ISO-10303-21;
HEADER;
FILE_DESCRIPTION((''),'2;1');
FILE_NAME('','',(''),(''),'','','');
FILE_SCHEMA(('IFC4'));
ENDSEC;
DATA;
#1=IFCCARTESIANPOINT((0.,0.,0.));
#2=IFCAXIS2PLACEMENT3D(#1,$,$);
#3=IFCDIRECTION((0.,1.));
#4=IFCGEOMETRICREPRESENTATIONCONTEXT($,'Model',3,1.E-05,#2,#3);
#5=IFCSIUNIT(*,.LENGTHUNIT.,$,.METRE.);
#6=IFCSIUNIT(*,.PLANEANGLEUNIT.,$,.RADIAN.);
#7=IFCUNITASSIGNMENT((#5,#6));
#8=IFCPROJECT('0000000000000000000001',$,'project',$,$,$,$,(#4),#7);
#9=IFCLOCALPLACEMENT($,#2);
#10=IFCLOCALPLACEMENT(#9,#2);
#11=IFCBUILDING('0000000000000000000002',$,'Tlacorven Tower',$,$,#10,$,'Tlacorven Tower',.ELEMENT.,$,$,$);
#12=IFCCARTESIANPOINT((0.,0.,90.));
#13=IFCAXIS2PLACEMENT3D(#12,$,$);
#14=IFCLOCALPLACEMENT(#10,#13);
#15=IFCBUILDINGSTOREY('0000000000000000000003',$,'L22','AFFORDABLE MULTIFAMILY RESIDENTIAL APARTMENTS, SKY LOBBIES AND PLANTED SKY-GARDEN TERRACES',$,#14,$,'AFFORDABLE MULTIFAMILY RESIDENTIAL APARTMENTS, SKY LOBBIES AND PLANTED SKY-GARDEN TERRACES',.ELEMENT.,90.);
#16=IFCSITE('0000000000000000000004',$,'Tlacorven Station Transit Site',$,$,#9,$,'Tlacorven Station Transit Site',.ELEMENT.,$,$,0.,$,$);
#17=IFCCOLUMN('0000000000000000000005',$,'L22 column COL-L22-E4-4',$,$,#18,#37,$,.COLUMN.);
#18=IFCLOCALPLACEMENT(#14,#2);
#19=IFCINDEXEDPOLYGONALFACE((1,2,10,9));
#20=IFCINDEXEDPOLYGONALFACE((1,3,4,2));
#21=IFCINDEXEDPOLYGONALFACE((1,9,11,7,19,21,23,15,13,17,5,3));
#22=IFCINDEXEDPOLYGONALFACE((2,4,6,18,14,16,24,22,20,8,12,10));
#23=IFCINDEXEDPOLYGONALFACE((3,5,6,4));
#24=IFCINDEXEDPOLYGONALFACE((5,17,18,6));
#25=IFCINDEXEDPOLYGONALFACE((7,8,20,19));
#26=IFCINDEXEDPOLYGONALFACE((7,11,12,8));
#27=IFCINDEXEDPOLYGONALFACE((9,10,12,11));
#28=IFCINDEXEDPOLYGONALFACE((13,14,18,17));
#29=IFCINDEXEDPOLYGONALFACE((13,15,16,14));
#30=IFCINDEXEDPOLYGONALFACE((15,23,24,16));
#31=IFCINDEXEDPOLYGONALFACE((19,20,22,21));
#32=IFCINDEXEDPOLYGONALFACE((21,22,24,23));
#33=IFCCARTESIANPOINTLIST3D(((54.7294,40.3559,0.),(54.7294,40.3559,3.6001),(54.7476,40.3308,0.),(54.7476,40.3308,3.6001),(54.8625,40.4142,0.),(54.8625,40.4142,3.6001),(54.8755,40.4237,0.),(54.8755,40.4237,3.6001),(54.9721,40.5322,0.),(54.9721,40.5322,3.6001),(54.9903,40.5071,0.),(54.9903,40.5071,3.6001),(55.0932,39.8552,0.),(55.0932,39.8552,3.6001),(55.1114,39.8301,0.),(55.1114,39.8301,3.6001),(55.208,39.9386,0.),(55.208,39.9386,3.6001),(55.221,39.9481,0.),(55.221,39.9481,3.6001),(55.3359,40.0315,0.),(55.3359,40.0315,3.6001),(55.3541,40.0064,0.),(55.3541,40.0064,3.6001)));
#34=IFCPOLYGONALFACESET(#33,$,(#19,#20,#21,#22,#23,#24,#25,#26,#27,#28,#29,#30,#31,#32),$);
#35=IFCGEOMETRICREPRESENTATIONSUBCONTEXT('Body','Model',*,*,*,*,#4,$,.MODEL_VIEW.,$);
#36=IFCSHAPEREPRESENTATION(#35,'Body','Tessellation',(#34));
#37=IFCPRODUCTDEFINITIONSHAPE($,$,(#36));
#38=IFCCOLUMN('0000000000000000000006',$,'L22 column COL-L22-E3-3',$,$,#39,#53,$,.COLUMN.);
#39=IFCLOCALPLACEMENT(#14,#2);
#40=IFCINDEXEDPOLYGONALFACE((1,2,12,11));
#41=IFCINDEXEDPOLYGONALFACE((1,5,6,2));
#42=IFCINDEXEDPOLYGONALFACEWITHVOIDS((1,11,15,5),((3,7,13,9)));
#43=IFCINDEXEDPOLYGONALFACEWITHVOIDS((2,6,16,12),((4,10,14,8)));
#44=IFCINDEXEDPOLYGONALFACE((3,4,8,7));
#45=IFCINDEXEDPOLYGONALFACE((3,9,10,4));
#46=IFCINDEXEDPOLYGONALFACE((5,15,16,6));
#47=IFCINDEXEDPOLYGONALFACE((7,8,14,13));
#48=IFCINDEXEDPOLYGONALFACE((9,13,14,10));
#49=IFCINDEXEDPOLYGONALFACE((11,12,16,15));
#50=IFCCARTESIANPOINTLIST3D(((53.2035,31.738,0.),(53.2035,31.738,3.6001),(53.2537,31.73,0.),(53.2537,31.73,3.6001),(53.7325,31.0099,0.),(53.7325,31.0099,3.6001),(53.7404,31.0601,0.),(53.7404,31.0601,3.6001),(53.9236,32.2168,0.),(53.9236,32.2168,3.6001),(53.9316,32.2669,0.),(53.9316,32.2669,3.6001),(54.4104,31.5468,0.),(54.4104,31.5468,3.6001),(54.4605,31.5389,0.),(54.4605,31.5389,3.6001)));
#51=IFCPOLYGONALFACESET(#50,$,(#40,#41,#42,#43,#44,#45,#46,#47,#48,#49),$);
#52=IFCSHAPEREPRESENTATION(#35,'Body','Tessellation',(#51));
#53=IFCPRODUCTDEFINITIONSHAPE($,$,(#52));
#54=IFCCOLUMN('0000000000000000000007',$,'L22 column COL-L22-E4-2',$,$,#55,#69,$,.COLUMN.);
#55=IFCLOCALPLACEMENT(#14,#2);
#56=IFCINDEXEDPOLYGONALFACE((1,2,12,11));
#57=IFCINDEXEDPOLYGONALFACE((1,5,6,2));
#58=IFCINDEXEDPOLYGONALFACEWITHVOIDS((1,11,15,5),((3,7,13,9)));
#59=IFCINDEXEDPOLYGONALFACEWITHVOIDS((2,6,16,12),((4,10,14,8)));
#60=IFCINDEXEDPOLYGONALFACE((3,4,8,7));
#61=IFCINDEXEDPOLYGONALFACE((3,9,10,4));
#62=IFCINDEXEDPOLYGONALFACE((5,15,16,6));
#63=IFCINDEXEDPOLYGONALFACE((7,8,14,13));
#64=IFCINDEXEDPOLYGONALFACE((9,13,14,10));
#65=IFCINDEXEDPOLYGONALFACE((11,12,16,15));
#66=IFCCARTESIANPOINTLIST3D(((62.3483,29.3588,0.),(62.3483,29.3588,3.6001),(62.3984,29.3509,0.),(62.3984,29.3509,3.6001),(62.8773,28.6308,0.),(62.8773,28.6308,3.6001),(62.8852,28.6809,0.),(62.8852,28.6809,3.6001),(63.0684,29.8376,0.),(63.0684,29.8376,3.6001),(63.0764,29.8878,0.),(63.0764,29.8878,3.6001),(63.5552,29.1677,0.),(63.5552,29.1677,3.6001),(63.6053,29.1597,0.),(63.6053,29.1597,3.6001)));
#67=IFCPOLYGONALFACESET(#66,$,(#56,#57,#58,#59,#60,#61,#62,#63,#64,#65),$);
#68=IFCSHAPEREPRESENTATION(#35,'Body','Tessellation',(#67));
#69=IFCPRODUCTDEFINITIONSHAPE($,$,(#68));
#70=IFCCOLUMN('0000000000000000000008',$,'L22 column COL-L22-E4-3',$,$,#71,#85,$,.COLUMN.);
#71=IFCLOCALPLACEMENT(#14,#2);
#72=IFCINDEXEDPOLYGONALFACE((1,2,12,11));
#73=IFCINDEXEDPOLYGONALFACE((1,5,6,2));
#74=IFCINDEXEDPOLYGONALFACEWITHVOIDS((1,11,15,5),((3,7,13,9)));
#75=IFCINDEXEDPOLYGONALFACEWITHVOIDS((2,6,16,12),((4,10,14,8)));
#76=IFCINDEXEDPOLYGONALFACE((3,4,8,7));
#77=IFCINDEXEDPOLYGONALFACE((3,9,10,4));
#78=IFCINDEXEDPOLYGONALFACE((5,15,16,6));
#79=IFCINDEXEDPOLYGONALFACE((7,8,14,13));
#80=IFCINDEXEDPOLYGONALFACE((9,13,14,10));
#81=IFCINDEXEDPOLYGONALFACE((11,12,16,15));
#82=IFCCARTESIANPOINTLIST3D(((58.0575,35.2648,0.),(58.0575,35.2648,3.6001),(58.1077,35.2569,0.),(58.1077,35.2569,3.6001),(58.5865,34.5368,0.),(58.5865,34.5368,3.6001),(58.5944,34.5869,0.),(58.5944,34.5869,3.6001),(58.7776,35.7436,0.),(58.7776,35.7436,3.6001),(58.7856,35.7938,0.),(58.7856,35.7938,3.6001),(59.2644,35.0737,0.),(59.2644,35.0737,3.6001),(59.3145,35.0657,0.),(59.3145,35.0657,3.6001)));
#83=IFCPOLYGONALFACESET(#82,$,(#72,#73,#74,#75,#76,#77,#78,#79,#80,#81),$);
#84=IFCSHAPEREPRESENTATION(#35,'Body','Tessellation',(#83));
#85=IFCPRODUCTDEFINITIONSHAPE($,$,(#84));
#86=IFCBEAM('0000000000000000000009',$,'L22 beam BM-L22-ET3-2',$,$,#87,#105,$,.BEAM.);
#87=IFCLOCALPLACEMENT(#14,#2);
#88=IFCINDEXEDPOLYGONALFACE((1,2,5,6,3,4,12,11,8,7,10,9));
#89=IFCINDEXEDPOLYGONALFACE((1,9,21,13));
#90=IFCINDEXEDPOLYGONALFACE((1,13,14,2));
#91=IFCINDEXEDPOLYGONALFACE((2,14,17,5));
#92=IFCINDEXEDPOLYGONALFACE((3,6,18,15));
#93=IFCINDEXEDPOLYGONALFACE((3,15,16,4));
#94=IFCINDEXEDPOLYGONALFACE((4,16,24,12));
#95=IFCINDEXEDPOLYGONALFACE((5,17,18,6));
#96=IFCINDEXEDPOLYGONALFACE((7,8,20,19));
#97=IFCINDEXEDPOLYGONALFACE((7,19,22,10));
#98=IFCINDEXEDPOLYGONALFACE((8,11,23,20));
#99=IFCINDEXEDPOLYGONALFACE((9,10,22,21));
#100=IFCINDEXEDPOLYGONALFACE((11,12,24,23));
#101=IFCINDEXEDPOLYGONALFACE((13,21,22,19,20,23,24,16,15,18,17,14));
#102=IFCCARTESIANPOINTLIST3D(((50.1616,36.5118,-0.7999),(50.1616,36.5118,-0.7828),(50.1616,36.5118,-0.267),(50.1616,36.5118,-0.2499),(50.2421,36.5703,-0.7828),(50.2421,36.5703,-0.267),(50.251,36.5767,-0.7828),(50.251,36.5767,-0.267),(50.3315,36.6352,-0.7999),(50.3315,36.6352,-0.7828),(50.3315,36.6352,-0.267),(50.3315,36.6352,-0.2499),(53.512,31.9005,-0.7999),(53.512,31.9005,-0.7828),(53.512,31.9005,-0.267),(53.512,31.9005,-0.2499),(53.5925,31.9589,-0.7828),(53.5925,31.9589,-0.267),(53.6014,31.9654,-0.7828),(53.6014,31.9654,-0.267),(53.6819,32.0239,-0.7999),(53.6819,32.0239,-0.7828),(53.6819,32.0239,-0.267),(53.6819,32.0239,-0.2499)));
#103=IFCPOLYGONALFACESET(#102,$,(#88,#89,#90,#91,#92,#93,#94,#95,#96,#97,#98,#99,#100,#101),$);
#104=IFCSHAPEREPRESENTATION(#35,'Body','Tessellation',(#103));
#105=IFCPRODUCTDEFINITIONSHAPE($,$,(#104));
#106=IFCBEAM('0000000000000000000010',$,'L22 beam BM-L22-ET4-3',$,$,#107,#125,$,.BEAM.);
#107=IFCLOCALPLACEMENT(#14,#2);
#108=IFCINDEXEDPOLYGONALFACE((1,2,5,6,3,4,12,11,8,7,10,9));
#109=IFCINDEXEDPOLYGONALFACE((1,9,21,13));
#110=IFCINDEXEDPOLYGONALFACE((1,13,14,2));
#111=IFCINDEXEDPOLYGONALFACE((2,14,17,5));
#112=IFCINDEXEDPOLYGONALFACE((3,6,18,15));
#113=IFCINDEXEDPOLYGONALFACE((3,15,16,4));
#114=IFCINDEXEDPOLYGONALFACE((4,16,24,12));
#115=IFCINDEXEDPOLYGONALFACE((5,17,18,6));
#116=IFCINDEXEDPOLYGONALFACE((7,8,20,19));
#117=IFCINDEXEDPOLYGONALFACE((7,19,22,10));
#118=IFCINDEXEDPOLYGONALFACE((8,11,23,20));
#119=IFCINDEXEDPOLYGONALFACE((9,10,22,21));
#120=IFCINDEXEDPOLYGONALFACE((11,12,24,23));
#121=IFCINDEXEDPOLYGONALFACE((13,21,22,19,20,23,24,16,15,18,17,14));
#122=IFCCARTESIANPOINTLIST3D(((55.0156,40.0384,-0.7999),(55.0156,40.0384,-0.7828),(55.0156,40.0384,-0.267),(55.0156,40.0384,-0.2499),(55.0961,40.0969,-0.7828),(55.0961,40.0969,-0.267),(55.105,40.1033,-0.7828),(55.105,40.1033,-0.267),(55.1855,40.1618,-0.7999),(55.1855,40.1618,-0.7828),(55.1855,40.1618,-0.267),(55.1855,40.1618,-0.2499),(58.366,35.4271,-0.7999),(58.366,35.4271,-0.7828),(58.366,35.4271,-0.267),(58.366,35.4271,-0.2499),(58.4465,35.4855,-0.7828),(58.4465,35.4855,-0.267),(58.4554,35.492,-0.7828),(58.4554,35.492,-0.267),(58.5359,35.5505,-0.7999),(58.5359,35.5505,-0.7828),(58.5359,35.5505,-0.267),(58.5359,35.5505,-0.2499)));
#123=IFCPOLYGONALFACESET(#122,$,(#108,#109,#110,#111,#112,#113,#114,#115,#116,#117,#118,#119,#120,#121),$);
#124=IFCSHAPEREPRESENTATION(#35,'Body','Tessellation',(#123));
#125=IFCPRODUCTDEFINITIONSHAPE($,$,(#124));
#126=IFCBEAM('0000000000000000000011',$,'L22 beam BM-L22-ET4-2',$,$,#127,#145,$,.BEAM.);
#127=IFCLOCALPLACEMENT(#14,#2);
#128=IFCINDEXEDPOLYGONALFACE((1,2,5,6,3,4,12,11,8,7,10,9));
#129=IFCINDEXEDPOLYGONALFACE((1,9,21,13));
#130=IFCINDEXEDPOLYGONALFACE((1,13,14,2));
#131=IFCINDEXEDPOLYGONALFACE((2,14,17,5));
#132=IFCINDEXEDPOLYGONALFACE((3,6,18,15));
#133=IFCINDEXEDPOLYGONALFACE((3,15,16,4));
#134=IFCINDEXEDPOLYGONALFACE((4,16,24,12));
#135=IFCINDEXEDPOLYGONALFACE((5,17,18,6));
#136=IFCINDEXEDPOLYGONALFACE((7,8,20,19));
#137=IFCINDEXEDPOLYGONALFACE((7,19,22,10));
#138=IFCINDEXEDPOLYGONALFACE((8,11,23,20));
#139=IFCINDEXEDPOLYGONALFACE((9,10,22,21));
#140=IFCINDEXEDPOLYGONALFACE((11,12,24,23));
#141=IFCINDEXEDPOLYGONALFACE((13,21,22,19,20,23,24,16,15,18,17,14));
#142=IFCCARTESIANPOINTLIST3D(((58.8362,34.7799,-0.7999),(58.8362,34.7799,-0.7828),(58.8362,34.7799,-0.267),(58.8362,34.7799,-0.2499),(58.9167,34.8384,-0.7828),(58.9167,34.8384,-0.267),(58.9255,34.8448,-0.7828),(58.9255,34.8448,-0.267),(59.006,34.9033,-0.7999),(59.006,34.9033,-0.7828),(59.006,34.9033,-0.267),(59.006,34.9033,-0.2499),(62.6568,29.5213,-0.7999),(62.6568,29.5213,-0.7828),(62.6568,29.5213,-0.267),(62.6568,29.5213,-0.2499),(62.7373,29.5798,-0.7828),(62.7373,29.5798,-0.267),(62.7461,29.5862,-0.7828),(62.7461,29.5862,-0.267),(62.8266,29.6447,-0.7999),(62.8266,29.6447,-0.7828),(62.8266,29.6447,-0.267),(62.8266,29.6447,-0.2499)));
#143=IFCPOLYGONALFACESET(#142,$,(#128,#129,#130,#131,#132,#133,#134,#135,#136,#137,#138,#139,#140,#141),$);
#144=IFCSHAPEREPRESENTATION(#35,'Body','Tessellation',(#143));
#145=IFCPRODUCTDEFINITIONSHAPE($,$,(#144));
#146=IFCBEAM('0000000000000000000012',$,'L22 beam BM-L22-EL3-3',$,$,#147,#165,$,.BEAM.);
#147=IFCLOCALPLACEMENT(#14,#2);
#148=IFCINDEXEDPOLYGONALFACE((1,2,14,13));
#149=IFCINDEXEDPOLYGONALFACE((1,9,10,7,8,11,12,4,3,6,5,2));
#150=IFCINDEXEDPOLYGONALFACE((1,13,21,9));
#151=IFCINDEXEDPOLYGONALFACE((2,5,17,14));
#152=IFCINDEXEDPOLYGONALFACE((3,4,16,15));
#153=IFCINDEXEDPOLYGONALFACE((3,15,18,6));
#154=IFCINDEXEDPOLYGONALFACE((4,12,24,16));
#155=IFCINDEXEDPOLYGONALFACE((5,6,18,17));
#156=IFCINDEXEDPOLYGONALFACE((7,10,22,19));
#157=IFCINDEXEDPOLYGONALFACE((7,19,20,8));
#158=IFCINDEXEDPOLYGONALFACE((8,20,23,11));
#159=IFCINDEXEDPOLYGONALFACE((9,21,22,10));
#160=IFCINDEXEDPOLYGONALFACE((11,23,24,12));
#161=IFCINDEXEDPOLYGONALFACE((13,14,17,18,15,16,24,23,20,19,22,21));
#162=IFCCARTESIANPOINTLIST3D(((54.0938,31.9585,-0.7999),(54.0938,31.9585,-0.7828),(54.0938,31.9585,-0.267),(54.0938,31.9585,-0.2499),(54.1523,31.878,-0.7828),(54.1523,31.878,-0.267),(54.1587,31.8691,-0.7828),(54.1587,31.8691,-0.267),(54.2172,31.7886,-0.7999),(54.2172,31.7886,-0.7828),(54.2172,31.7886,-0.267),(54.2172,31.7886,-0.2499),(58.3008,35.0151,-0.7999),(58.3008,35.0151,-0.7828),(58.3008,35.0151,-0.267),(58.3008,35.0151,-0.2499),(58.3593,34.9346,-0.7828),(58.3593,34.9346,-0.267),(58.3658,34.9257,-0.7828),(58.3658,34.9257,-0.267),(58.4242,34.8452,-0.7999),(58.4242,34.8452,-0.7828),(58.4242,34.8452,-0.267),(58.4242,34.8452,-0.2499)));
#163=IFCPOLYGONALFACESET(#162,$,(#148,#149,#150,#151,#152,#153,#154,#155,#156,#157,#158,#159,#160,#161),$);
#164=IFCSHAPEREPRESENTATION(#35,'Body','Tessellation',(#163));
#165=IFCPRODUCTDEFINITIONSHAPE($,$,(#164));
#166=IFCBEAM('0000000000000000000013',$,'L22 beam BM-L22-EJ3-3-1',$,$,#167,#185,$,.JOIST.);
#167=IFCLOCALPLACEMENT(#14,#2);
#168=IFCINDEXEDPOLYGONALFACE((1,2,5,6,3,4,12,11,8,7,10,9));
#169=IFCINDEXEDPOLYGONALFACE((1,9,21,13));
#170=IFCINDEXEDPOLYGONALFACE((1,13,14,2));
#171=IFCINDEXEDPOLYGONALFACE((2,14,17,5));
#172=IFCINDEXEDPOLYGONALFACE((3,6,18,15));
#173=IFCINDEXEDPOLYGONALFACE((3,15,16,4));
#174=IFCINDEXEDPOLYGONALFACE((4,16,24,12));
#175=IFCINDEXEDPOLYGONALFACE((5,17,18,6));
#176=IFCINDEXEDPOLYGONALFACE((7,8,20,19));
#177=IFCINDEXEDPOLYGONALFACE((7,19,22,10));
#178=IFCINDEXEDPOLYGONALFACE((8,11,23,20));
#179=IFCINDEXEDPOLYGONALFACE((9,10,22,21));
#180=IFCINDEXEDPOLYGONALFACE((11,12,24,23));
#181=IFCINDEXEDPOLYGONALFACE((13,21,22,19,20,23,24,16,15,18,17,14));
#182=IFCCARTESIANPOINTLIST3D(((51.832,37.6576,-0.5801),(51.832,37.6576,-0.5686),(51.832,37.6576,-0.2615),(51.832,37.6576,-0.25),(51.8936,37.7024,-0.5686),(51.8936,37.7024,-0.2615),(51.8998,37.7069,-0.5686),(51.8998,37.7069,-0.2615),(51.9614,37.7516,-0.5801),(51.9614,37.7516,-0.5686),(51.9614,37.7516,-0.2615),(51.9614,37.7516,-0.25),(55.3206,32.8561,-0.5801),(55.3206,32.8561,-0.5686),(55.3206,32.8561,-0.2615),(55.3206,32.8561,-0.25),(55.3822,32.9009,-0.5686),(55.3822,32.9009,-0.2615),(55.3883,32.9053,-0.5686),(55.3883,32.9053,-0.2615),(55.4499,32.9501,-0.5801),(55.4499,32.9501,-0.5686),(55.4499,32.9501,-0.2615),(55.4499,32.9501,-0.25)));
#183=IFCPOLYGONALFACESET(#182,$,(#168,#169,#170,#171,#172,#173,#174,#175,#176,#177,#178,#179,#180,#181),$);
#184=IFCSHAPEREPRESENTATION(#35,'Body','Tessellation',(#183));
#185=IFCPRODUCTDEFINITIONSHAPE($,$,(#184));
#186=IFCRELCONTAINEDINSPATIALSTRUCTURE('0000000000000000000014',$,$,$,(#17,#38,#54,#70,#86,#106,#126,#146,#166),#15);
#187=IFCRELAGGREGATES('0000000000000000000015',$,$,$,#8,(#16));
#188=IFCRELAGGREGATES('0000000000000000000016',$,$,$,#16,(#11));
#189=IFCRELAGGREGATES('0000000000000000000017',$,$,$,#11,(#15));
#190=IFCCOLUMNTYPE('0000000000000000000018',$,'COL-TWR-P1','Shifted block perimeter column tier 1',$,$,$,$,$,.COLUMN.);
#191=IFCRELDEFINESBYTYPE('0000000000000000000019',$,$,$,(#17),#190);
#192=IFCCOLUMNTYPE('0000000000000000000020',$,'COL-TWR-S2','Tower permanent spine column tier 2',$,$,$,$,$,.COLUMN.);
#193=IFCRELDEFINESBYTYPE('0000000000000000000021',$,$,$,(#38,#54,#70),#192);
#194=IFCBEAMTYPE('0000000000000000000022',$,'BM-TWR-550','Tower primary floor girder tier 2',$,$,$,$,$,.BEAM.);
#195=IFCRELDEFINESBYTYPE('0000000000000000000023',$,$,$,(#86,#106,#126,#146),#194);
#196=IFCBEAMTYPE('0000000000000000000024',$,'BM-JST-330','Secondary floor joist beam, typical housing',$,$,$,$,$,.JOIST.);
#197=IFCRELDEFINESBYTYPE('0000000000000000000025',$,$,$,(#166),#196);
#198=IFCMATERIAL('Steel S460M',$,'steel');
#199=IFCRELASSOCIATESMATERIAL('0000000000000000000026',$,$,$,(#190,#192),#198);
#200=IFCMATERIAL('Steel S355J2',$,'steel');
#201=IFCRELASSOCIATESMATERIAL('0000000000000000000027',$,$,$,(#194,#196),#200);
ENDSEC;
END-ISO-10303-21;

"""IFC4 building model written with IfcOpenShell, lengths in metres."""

from ifc_helpers import new_model, si_unit, direction, frame, origin, origin_2d, place, context, subcontext, project, spatial, hollow_rectangle, i_section, extrude, source, transform, mapped, material, material_profile, profile_set, type_object, element, save


model = new_model("IFC4")

# Units and contexts
model_context = context("Model", 3, precision=1e-05, world=origin(), true_north=direction((0.0, 1.0)))
body_context = subcontext(model_context, "Body", "Model", "MODEL_VIEW")
ifc_project = project(units=[si_unit("LENGTHUNIT", "METRE"), si_unit("PLANEANGLEUNIT", "RADIAN")], contexts=[model_context])

# Site, building, storey
site_placement = place(None, origin())
site = spatial("IfcSite", under=ifc_project, at=site_placement, Name="Tlacorven Station Transit Site", LongName="Tlacorven Station Transit Site", CompositionType="ELEMENT", RefElevation=0.0)
building_placement = place(site_placement, origin())
building = spatial("IfcBuilding", under=site, at=building_placement, Name="Tlacorven Tower", LongName="Tlacorven Tower", CompositionType="ELEMENT")
storey_placement = place(building_placement, frame((0.0, 0.0, 90.0)))
storey = spatial("IfcBuildingStorey", under=building, at=storey_placement, Name="L22", Description="AFFORDABLE MULTIFAMILY RESIDENTIAL APARTMENTS, SKY LOBBIES AND PLANTED SKY-GARDEN TERRACES", LongName="AFFORDABLE MULTIFAMILY RESIDENTIAL APARTMENTS, SKY LOBBIES AND PLANTED SKY-GARDEN TERRACES", CompositionType="ELEMENT", Elevation=90.0)

# Columns
ifc_material_1 = material(Name="Steel S460M", Category="steel")
ifc_material_profile_1 = material_profile(ifc_material_1, i_section(OverallWidth=0.3, OverallDepth=0.6499, WebThickness=0.0161, FlangeThickness=0.031, at=origin_2d()), Name="HEB 650")
ifc_profile_set_1 = profile_set([ifc_material_profile_1], Name="Steel S460M")
column_type_1 = type_object("IfcColumnType", Name="COL-TWR-P1", Description="Shifted block perimeter column tier 1", PredefinedType="COLUMN", material=ifc_profile_set_1)
shared_shape_1 = source(origin(), body_context, "Body", "SweptSolid", [
    extrude(i_section(OverallWidth=0.3, OverallDepth=0.6499, WebThickness=0.0161, FlangeThickness=0.031, at=origin_2d()), origin(), (0.0, 0.0, 1.0), 3.6001),
])
column_placement = place(storey_placement, frame((55.0417, 40.1812, 0.0), z_axis=(0.0, 0.0, 1.0), x_axis=(0.809017, 0.587785, 0.0)))
element("IfcColumn", 1, at=column_placement, inside=storey, type_object=column_type_1, Name="L22 column COL-L22-E4-4", PredefinedType="COLUMN", context=body_context, shape_type="MappedRepresentation", body=[
    mapped(shared_shape_1, transform((0.0, 0.0, 0.0), scale=1.0)),
])
ifc_material_profile_2 = material_profile(ifc_material_1, hollow_rectangle(XDim=0.8999, YDim=0.8999, WallThickness=0.0359, at=origin_2d()), Name="BOX 900X900X36")
ifc_profile_set_2 = profile_set([ifc_material_profile_2], Name="Steel S460M")
column_type_2 = type_object("IfcColumnType", Name="COL-TWR-S2", Description="Tower permanent spine column tier 2", PredefinedType="COLUMN", material=ifc_profile_set_2)
shared_shape_2 = source(origin(), body_context, "Body", "SweptSolid", [
    extrude(hollow_rectangle(XDim=0.8999, YDim=0.8999, WallThickness=0.0359, at=origin_2d()), origin(), (0.0, 0.0, 1.0), 3.6001),
])
for number, where, z_axis, x_axis, name in (
    (2, (53.832, 31.6384, 0.0), (0.0, 0.0, 1.0), (0.809017, 0.587785, 0.0), "L22 column COL-L22-E3-3"),
    (3, (62.9768, 29.2593, 0.0), (0.0, 0.0, 1.0), (0.809017, 0.587785, 0.0), "L22 column COL-L22-E4-2"),
    (4, (58.686, 35.1653, 0.0), (0.0, 0.0, 1.0), (0.809017, 0.587785, 0.0), "L22 column COL-L22-E4-3"),
):
    element("IfcColumn", number, at=place(storey_placement, frame(where, z_axis=z_axis, x_axis=x_axis)), inside=storey, type_object=column_type_2, Name=name, PredefinedType="COLUMN", context=body_context, shape_type="MappedRepresentation", body=[
        mapped(shared_shape_2, transform((0.0, 0.0, 0.0), scale=1.0)),
    ])

# Beams
ifc_material_2 = material(Name="Steel S355J2", Category="steel")
ifc_material_profile_3 = material_profile(ifc_material_2, i_section(OverallWidth=0.21, OverallDepth=0.55, WebThickness=0.011, FlangeThickness=0.0171, at=origin_2d()), Name="IPE 550")
ifc_profile_set_3 = profile_set([ifc_material_profile_3], Name="Steel S355J2")
beam_type_1 = type_object("IfcBeamType", Name="BM-TWR-550", Description="Tower primary floor girder tier 2", PredefinedType="BEAM", material=ifc_profile_set_3)
shared_shape_3 = source(origin(), body_context, "Body", "SweptSolid", [
    extrude(i_section(OverallWidth=0.21, OverallDepth=0.55, WebThickness=0.011, FlangeThickness=0.0171, at=origin_2d()), origin(), (0.0, 0.0, 1.0), 5.7),
])
for number, where, z_axis, x_axis, name in (
    (5, (53.5969, 31.9622, -0.5249), (-0.587787, 0.809016, 0.0), (-0.809016, -0.587787, 0.0), "L22 beam BM-L22-ET3-2"),
    (6, (58.4509, 35.4888, -0.5249), (-0.587787, 0.809016, 0.0), (-0.809016, -0.587787, 0.0), "L22 beam BM-L22-ET4-3"),
):
    element("IfcBeam", number, at=place(storey_placement, frame(where, z_axis=z_axis, x_axis=x_axis)), inside=storey, type_object=beam_type_1, Name=name, PredefinedType="BEAM", context=body_context, shape_type="MappedRepresentation", body=[
        mapped(shared_shape_3, transform((0.0, 0.0, 0.0), scale=1.0)),
    ])
shared_shape_4 = source(origin(), body_context, "Body", "SweptSolid", [
    extrude(i_section(OverallWidth=0.21, OverallDepth=0.55, WebThickness=0.011, FlangeThickness=0.0171, at=origin_2d()), origin(), (0.0, 0.0, 1.0), 6.5),
])
beam_1_placement = place(storey_placement, frame((62.7417, 29.583, -0.5249), z_axis=(-0.587785, 0.809017, 0.0), x_axis=(-0.809017, -0.587785, 0.0)))
element("IfcBeam", 7, at=beam_1_placement, inside=storey, type_object=beam_type_1, Name="L22 beam BM-L22-ET4-2", PredefinedType="BEAM", context=body_context, shape_type="MappedRepresentation", body=[
    mapped(shared_shape_4, transform((0.0, 0.0, 0.0), scale=1.0)),
])
shared_shape_5 = source(origin(), body_context, "Body", "SweptSolid", [
    extrude(i_section(OverallWidth=0.21, OverallDepth=0.55, WebThickness=0.011, FlangeThickness=0.0171, at=origin_2d()), origin(), (0.0, 0.0, 1.0), 5.2002),
])
beam_2_placement = place(storey_placement, frame((54.1555, 31.8735, -0.5249), z_axis=(0.809012, 0.587792, 0.0), x_axis=(-0.587792, 0.809012, 0.0)))
element("IfcBeam", 8, at=beam_2_placement, inside=storey, type_object=beam_type_1, Name="L22 beam BM-L22-EL3-3", PredefinedType="BEAM", context=body_context, shape_type="MappedRepresentation", body=[
    mapped(shared_shape_5, transform((0.0, 0.0, 0.0), scale=1.0)),
])
ifc_material_profile_4 = material_profile(ifc_material_2, i_section(OverallWidth=0.1599, OverallDepth=0.3301, WebThickness=0.0076, FlangeThickness=0.0115, at=origin_2d()), Name="IPE 330")
ifc_profile_set_4 = profile_set([ifc_material_profile_4], Name="Steel S355J2")
beam_type_2 = type_object("IfcBeamType", Name="BM-JST-330", Description="Secondary floor joist beam, typical housing", PredefinedType="JOIST", material=ifc_profile_set_4)
shared_shape_6 = source(origin(), body_context, "Body", "SweptSolid", [
    extrude(i_section(OverallWidth=0.1599, OverallDepth=0.3301, WebThickness=0.0076, FlangeThickness=0.0115, at=origin_2d()), origin(), (0.0, 0.0, 1.0), 5.9351),
])
for number, where, z_axis, x_axis, name in (
    (9, (55.3853, 32.9031, -0.415), (-0.587788, 0.809015, 0.0), (-0.809015, -0.587788, 0.0), "L22 beam BM-L22-EJ3-3-1"),
):
    element("IfcBeam", number, at=place(storey_placement, frame(where, z_axis=z_axis, x_axis=x_axis)), inside=storey, type_object=beam_type_2, Name=name, PredefinedType="JOIST", context=body_context, shape_type="MappedRepresentation", body=[
        mapped(shared_shape_6, transform((0.0, 0.0, 0.0), scale=1.0)),
    ])

save(model, "model.ifc")
